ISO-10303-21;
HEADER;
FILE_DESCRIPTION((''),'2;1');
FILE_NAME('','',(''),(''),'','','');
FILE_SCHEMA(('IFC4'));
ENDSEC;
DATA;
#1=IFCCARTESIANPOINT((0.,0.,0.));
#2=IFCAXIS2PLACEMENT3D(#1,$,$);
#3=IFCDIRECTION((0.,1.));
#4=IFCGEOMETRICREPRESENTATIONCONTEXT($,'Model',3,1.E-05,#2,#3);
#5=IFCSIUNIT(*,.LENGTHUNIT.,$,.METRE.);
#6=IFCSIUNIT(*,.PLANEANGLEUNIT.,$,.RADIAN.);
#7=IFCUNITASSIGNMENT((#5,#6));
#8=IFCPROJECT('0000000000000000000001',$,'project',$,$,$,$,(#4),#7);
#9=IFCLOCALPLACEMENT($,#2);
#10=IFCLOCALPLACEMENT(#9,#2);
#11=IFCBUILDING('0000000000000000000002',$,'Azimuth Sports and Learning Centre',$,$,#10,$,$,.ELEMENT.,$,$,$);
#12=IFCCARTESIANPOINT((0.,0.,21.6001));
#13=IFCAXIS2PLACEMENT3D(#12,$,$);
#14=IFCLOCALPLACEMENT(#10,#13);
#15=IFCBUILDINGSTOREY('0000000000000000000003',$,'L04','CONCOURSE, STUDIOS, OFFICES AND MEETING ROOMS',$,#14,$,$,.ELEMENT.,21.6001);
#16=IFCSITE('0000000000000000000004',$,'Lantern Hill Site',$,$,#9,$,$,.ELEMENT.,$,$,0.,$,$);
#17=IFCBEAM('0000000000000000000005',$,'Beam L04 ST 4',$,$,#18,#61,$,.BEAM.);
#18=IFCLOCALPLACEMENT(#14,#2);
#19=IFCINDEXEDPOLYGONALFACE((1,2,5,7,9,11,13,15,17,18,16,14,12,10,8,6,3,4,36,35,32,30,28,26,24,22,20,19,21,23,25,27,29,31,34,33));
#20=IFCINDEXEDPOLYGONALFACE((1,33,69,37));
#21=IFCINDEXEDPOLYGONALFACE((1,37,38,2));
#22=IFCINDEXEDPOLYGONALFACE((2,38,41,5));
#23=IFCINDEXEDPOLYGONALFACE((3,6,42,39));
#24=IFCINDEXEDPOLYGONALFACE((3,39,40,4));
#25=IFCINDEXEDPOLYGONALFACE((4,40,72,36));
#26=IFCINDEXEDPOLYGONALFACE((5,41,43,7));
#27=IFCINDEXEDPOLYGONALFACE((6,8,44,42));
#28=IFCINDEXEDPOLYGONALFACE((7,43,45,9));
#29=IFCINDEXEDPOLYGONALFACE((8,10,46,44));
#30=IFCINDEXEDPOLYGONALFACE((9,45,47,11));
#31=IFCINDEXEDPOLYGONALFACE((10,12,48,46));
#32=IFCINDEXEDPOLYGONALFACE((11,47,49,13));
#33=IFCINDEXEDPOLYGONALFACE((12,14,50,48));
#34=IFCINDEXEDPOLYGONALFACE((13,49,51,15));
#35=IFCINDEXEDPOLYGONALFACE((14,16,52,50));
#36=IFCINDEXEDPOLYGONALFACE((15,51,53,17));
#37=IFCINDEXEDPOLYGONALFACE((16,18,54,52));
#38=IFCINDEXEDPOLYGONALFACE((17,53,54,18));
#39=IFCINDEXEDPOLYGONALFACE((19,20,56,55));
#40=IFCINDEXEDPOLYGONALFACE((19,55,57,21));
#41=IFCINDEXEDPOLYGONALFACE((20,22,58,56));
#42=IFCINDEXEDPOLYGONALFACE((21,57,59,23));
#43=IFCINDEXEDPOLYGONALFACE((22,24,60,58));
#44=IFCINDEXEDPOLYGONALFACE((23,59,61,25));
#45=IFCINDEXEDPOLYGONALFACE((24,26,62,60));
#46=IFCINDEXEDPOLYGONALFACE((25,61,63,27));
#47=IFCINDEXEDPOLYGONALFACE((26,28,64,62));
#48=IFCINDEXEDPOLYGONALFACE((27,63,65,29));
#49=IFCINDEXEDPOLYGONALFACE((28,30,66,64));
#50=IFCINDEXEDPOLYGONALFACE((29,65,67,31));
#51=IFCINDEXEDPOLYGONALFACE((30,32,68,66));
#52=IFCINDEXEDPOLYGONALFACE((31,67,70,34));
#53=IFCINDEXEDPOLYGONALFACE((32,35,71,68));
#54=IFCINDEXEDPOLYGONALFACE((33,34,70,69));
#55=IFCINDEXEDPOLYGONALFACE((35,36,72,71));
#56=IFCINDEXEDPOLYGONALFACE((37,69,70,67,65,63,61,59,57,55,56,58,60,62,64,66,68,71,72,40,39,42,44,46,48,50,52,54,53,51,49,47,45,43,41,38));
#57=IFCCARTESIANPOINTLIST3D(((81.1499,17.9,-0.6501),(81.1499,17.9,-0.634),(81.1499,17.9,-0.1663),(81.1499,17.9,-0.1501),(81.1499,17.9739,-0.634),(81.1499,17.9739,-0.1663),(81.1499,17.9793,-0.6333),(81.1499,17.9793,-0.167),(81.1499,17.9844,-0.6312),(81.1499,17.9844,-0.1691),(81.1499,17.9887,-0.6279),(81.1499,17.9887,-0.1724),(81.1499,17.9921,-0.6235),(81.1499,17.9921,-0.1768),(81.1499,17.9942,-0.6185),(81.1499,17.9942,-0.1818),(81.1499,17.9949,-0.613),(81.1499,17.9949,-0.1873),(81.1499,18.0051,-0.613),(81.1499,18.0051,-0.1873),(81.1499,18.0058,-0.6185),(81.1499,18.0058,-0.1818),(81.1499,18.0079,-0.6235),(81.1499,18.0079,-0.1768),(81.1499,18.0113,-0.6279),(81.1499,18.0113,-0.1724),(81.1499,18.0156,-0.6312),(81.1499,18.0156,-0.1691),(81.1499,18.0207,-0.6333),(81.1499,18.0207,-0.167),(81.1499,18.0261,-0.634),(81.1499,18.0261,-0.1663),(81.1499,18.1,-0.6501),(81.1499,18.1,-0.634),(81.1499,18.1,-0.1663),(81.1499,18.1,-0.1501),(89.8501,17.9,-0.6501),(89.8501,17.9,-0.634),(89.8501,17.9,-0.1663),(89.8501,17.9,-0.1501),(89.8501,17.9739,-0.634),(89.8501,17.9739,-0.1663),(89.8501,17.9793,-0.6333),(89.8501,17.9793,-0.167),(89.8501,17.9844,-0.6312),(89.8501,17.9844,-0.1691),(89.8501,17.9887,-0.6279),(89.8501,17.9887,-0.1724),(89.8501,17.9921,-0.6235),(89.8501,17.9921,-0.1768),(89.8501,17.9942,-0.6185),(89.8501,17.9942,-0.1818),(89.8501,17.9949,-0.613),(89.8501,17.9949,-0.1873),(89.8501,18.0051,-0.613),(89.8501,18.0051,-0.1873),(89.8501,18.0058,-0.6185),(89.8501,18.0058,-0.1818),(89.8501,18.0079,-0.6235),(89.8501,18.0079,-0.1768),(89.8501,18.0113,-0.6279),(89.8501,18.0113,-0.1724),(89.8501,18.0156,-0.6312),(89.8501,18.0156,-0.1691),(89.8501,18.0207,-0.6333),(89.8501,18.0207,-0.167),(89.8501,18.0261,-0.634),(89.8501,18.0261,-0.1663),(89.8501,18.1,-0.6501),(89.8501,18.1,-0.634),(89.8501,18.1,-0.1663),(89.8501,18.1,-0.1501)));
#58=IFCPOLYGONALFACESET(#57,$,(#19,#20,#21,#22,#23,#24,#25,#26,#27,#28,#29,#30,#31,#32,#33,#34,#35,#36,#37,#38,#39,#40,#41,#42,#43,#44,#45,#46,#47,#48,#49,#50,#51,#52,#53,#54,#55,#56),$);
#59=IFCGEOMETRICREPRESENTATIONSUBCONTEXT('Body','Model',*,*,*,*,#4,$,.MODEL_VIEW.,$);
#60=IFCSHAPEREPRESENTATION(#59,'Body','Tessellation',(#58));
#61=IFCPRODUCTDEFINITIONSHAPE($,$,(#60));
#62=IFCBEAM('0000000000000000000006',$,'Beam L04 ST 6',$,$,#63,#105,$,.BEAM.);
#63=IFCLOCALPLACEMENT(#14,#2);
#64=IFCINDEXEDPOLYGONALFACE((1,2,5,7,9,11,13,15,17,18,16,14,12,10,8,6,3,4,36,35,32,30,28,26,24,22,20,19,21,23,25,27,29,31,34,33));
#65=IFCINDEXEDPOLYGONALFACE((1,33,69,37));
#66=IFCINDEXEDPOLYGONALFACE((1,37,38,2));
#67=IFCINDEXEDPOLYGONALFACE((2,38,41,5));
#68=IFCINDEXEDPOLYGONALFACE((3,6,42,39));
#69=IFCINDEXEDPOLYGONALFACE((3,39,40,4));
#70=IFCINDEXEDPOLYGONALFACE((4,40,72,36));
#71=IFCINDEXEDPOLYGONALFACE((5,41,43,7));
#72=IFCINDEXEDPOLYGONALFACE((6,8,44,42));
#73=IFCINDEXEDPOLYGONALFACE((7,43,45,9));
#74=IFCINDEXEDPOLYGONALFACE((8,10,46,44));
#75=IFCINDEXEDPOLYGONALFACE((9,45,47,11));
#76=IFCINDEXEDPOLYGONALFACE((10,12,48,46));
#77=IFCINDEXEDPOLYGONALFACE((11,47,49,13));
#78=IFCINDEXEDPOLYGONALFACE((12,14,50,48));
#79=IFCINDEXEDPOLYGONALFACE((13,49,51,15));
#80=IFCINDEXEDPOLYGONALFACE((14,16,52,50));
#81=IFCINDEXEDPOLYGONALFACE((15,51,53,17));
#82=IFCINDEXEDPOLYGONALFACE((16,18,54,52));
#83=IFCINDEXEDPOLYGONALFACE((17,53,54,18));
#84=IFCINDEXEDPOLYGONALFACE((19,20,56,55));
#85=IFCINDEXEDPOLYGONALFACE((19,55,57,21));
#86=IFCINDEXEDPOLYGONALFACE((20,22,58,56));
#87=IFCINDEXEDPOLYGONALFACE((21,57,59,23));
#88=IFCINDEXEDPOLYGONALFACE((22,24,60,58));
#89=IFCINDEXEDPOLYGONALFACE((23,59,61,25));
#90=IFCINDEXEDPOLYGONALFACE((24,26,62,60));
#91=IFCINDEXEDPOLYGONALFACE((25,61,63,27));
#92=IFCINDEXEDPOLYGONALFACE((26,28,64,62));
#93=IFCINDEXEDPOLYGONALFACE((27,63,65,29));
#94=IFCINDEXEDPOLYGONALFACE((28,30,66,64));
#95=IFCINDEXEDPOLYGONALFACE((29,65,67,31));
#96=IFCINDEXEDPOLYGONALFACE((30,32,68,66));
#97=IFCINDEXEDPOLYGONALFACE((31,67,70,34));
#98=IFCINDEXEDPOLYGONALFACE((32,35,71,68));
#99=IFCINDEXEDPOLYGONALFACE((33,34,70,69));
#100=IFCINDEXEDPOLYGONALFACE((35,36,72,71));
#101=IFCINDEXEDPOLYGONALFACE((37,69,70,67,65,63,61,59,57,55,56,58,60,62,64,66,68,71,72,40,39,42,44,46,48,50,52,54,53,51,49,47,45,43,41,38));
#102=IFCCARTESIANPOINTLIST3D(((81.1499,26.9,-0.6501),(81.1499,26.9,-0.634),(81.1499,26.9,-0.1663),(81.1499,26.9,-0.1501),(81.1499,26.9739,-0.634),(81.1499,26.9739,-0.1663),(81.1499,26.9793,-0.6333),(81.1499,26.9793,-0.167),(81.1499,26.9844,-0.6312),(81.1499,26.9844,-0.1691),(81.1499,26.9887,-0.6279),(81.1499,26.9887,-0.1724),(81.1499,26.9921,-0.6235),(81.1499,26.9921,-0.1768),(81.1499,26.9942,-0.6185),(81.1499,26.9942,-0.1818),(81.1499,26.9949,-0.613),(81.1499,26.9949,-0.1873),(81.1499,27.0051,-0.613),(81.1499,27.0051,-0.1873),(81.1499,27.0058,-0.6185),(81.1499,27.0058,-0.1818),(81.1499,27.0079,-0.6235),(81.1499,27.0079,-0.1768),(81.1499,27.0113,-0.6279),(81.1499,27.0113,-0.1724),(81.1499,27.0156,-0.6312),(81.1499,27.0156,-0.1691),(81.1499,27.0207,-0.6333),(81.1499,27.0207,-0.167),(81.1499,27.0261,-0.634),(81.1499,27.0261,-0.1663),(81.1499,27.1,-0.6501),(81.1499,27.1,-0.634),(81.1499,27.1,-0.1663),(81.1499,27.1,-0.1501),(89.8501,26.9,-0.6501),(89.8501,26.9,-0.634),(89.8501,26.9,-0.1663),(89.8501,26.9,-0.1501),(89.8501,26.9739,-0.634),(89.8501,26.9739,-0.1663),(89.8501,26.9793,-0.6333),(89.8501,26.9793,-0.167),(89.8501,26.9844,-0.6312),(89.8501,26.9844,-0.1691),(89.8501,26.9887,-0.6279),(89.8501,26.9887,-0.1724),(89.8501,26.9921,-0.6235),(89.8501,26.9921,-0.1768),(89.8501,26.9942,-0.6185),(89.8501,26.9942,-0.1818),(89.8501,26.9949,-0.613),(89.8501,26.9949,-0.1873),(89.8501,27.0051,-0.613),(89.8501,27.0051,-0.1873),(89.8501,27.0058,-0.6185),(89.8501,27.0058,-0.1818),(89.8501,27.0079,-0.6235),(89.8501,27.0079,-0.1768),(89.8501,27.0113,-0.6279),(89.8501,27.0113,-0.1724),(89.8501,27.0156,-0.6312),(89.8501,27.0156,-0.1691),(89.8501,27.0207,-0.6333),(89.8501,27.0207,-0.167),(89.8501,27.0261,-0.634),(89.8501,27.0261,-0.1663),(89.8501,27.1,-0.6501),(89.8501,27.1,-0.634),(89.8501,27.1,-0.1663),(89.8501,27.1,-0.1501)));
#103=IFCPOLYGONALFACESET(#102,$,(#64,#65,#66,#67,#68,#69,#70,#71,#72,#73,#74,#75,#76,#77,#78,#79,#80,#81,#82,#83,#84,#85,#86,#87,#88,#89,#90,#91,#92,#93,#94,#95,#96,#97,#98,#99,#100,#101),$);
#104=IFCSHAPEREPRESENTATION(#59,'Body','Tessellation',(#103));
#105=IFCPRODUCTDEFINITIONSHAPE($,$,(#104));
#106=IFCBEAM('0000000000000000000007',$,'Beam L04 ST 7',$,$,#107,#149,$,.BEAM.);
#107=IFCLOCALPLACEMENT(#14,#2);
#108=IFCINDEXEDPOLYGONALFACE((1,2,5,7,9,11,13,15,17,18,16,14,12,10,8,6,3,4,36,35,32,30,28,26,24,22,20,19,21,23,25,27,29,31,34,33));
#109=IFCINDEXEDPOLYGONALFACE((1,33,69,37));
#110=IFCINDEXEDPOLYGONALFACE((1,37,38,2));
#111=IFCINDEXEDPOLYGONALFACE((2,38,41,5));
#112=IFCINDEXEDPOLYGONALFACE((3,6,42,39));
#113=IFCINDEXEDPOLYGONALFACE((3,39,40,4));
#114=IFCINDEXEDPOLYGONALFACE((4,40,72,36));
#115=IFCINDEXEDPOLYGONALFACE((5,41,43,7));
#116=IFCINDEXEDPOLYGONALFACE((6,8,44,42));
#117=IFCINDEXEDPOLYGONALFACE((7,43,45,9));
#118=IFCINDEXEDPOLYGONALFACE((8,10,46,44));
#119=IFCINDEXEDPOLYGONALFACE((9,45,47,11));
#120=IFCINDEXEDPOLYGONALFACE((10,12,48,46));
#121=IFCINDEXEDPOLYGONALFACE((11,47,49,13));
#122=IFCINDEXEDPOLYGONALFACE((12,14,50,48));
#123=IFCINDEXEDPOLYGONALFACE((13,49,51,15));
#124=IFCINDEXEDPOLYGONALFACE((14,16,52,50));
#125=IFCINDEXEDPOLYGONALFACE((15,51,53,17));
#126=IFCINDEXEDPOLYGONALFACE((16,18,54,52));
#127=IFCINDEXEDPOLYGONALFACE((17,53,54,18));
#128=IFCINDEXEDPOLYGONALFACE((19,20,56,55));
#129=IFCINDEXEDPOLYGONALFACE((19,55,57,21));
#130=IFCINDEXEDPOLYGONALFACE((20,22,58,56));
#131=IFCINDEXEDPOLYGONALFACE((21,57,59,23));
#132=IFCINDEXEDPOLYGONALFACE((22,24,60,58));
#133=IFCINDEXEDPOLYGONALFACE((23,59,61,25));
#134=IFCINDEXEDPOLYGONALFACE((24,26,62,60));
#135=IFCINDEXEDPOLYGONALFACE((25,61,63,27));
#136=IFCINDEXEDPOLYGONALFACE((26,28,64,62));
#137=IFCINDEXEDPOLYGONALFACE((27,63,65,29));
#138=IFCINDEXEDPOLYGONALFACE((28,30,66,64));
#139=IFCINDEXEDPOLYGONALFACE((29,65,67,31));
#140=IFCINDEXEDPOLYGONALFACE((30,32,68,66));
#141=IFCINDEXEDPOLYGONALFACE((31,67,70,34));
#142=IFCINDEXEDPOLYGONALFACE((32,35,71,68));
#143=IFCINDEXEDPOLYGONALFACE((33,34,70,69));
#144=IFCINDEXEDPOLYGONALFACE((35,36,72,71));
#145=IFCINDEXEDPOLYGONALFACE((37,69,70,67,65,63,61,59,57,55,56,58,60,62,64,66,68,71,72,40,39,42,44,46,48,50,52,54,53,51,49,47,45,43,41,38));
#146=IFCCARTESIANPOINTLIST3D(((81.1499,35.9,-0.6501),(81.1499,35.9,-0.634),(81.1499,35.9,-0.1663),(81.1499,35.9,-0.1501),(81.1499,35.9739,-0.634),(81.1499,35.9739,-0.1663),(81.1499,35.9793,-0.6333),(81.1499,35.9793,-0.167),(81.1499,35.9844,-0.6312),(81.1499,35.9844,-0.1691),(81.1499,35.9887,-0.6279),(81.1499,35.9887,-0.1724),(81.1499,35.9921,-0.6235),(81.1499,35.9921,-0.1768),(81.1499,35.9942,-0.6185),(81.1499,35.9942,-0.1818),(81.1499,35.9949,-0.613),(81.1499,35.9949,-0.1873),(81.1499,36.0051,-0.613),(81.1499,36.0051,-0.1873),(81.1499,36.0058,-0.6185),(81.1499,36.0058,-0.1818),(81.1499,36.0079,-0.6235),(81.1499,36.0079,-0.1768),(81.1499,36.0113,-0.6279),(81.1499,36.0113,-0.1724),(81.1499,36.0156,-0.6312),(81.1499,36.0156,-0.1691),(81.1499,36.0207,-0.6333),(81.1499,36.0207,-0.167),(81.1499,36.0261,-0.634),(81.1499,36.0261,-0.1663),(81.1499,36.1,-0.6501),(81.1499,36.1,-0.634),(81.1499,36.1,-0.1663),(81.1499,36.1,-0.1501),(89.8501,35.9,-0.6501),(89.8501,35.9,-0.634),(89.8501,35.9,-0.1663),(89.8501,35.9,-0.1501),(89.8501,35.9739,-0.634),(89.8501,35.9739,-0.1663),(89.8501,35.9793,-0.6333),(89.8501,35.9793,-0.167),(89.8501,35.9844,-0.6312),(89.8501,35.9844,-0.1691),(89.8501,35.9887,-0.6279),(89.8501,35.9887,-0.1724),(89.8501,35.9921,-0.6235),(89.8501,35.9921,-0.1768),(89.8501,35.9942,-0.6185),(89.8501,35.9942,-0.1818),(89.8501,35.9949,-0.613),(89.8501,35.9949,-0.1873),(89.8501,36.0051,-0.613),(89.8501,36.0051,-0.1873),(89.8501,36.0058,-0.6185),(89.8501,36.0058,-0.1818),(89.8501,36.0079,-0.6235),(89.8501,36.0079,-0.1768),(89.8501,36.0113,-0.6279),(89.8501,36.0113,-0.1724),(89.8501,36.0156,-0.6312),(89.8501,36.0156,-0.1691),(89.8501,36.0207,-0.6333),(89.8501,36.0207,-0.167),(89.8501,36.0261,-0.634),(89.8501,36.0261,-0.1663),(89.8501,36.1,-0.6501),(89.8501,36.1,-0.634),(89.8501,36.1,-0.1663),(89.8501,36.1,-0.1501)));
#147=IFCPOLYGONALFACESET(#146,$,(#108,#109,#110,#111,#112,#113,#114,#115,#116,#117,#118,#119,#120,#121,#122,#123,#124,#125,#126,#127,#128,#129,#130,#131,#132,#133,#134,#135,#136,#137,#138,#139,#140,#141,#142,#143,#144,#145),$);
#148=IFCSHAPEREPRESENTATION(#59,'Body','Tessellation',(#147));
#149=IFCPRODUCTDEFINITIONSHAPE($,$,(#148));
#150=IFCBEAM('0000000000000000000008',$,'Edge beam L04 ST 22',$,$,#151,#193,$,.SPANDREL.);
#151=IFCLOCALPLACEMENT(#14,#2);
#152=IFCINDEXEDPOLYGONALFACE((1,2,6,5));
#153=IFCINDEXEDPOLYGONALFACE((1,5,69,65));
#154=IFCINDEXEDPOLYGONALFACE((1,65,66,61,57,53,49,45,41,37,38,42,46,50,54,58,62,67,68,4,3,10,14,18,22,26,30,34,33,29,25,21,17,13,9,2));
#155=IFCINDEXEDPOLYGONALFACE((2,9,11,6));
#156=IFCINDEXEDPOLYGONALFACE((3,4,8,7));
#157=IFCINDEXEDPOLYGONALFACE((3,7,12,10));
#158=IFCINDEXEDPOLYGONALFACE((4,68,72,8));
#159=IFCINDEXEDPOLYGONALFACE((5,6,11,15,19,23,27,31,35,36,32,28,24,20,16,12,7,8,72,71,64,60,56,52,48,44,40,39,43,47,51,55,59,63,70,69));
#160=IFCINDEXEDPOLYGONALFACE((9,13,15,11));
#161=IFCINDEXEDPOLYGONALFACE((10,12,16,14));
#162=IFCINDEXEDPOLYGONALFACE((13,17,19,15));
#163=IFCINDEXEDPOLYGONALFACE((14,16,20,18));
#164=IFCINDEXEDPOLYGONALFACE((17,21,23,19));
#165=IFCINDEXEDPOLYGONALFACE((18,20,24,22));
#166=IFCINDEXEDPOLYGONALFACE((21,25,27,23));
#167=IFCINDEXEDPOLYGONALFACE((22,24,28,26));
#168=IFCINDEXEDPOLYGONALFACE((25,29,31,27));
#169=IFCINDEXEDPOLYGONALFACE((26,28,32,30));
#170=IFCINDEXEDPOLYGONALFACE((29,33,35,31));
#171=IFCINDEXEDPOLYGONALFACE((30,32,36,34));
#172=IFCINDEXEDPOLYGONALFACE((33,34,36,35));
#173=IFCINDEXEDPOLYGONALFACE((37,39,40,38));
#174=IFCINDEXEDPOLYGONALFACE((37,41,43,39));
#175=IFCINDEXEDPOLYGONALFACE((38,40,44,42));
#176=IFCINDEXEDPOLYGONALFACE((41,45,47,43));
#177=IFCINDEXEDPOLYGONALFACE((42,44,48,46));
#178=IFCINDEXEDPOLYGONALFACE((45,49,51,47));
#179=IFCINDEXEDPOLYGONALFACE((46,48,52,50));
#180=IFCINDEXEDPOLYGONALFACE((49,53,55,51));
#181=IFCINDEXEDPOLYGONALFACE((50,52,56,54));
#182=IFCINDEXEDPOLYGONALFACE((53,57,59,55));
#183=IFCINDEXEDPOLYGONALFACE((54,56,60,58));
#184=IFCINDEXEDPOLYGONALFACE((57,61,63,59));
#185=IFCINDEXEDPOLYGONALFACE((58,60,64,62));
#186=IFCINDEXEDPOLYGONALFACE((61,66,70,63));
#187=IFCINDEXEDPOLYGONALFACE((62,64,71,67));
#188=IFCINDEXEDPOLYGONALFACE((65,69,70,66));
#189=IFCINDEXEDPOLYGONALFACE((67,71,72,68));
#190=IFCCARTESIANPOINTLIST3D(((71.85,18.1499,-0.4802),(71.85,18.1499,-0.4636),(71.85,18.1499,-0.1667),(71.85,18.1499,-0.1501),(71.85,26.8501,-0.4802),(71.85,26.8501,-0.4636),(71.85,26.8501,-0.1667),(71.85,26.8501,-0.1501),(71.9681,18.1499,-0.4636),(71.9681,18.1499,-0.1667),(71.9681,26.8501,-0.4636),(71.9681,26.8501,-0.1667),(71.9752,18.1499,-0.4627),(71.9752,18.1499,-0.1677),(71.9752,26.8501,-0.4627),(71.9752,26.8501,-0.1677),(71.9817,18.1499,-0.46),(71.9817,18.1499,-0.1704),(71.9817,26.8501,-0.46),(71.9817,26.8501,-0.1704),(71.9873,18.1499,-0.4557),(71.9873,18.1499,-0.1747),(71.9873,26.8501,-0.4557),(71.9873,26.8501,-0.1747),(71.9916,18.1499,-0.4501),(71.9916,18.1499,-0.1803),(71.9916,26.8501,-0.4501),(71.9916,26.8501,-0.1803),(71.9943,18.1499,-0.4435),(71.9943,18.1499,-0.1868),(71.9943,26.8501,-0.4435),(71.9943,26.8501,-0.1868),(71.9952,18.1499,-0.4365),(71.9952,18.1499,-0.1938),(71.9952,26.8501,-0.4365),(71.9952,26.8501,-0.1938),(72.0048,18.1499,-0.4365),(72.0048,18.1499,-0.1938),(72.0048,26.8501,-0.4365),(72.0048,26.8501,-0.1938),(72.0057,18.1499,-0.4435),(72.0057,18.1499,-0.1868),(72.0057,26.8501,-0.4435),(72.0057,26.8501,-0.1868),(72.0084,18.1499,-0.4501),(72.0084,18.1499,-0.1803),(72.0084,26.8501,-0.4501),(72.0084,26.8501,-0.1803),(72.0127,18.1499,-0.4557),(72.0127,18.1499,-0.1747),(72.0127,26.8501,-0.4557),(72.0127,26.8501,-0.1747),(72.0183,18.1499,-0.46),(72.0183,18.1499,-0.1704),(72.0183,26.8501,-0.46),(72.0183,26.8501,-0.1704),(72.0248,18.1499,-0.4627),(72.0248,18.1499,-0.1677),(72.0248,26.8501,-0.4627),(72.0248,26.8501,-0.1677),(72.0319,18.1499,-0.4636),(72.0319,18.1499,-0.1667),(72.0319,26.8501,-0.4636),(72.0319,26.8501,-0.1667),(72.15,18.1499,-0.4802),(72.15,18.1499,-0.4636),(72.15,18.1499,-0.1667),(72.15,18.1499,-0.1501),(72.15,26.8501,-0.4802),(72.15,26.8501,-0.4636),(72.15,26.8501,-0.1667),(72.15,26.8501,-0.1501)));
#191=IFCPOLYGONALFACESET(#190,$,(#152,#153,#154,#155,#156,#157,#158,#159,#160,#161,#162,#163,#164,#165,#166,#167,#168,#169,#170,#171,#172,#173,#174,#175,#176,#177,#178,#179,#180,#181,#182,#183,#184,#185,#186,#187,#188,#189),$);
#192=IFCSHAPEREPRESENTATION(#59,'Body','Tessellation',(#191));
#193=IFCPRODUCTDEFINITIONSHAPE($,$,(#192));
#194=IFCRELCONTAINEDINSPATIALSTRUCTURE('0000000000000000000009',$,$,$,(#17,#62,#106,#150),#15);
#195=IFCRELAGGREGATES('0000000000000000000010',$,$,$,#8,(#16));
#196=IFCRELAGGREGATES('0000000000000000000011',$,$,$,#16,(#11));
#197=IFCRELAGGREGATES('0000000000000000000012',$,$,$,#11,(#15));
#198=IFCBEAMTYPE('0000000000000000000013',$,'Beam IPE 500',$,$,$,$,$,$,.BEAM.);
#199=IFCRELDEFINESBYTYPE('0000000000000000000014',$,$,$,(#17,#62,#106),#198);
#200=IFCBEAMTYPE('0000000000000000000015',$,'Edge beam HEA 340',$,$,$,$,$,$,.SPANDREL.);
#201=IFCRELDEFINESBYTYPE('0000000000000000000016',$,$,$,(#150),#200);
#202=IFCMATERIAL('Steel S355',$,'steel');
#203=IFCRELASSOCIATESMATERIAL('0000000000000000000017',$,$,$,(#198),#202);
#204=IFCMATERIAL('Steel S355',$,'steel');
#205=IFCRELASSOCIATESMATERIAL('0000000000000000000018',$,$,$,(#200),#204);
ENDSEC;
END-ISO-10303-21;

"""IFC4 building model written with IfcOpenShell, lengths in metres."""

from ifc_helpers import new_model, si_unit, direction, frame, origin, origin_2d, place, context, subcontext, project, spatial, i_section, extrude, material, material_profile, profile_set, type_object, element, save


model = new_model("IFC4")

# Units and contexts
model_context = context("Model", 3, precision=1e-05, world=origin(), true_north=direction((0.0, 1.0)))
body_context = subcontext(model_context, "Body", "Model", "MODEL_VIEW")
ifc_project = project(units=[si_unit("LENGTHUNIT", "METRE"), si_unit("PLANEANGLEUNIT", "RADIAN")], contexts=[model_context])

# Site, building, storey
site_placement = place(None, origin())
site = spatial("IfcSite", under=ifc_project, at=site_placement, Name="Lantern Hill Site", CompositionType="ELEMENT", RefElevation=0.0)
building_placement = place(site_placement, origin())
building = spatial("IfcBuilding", under=site, at=building_placement, Name="Azimuth Sports and Learning Centre", CompositionType="ELEMENT")
storey_placement = place(building_placement, frame((0.0, 0.0, 21.6001)))
storey = spatial("IfcBuildingStorey", under=building, at=storey_placement, Name="L04", Description="CONCOURSE, STUDIOS, OFFICES AND MEETING ROOMS", CompositionType="ELEMENT", Elevation=21.6001)

# Beams
ifc_material_1 = material(Name="Steel S355", Category="steel")
ifc_material_profile_1 = material_profile(ifc_material_1, i_section(OverallWidth=0.2, OverallDepth=0.5, WebThickness=0.0103, FlangeThickness=0.0161, FilletRadius=0.021, at=origin_2d()), Name="IPE 500")
ifc_profile_set_1 = profile_set([ifc_material_profile_1], Name="Steel S355")
beam_type_1 = type_object("IfcBeamType", Name="Beam IPE 500", PredefinedType="BEAM", material=ifc_profile_set_1)
for number, where, z_axis, x_axis, name in (
    (1, (81.1499, 18.0, -0.4001), (1.0, 0.0, 0.0), (0.0, 1.0, 0.0), "Beam L04 ST 4"),
    (2, (81.1499, 27.0, -0.4001), (1.0, 0.0, 0.0), (0.0, 1.0, 0.0), "Beam L04 ST 6"),
    (3, (81.1499, 36.0, -0.4001), (1.0, 0.0, 0.0), (0.0, 1.0, 0.0), "Beam L04 ST 7"),
):
    element("IfcBeam", number, at=place(storey_placement, frame(where, z_axis=z_axis, x_axis=x_axis)), inside=storey, type_object=beam_type_1, Name=name, PredefinedType="BEAM", context=body_context, shape_type="SweptSolid", body=[
        extrude(i_section(OverallWidth=0.2, OverallDepth=0.5, WebThickness=0.0103, FlangeThickness=0.0161, FilletRadius=0.021, at=origin_2d()), origin(), (0.0, 0.0, 1.0), 8.7002),
    ])
ifc_material_2 = material(Name="Steel S355", Category="steel")
ifc_material_profile_2 = material_profile(ifc_material_2, i_section(OverallWidth=0.3, OverallDepth=0.3301, WebThickness=0.0095, FlangeThickness=0.0166, FilletRadius=0.0271, at=origin_2d()), Name="HEA 340")
ifc_profile_set_2 = profile_set([ifc_material_profile_2], Name="Steel S355")
beam_type_2 = type_object("IfcBeamType", Name="Edge beam HEA 340", PredefinedType="SPANDREL", material=ifc_profile_set_2)
beam_1_placement = place(storey_placement, frame((72.0, 18.1499, -0.3152), z_axis=(0.0, 1.0, 0.0), x_axis=(-1.0, 0.0, 0.0)))
element("IfcBeam", 4, at=beam_1_placement, inside=storey, type_object=beam_type_2, Name="Edge beam L04 ST 22", PredefinedType="SPANDREL", context=body_context, shape_type="SweptSolid", body=[
    extrude(i_section(OverallWidth=0.3, OverallDepth=0.3301, WebThickness=0.0095, FlangeThickness=0.0166, FilletRadius=0.0271, at=origin_2d()), origin(), (0.0, 0.0, 1.0), 8.7002),
])

save(model, "model.ifc")
